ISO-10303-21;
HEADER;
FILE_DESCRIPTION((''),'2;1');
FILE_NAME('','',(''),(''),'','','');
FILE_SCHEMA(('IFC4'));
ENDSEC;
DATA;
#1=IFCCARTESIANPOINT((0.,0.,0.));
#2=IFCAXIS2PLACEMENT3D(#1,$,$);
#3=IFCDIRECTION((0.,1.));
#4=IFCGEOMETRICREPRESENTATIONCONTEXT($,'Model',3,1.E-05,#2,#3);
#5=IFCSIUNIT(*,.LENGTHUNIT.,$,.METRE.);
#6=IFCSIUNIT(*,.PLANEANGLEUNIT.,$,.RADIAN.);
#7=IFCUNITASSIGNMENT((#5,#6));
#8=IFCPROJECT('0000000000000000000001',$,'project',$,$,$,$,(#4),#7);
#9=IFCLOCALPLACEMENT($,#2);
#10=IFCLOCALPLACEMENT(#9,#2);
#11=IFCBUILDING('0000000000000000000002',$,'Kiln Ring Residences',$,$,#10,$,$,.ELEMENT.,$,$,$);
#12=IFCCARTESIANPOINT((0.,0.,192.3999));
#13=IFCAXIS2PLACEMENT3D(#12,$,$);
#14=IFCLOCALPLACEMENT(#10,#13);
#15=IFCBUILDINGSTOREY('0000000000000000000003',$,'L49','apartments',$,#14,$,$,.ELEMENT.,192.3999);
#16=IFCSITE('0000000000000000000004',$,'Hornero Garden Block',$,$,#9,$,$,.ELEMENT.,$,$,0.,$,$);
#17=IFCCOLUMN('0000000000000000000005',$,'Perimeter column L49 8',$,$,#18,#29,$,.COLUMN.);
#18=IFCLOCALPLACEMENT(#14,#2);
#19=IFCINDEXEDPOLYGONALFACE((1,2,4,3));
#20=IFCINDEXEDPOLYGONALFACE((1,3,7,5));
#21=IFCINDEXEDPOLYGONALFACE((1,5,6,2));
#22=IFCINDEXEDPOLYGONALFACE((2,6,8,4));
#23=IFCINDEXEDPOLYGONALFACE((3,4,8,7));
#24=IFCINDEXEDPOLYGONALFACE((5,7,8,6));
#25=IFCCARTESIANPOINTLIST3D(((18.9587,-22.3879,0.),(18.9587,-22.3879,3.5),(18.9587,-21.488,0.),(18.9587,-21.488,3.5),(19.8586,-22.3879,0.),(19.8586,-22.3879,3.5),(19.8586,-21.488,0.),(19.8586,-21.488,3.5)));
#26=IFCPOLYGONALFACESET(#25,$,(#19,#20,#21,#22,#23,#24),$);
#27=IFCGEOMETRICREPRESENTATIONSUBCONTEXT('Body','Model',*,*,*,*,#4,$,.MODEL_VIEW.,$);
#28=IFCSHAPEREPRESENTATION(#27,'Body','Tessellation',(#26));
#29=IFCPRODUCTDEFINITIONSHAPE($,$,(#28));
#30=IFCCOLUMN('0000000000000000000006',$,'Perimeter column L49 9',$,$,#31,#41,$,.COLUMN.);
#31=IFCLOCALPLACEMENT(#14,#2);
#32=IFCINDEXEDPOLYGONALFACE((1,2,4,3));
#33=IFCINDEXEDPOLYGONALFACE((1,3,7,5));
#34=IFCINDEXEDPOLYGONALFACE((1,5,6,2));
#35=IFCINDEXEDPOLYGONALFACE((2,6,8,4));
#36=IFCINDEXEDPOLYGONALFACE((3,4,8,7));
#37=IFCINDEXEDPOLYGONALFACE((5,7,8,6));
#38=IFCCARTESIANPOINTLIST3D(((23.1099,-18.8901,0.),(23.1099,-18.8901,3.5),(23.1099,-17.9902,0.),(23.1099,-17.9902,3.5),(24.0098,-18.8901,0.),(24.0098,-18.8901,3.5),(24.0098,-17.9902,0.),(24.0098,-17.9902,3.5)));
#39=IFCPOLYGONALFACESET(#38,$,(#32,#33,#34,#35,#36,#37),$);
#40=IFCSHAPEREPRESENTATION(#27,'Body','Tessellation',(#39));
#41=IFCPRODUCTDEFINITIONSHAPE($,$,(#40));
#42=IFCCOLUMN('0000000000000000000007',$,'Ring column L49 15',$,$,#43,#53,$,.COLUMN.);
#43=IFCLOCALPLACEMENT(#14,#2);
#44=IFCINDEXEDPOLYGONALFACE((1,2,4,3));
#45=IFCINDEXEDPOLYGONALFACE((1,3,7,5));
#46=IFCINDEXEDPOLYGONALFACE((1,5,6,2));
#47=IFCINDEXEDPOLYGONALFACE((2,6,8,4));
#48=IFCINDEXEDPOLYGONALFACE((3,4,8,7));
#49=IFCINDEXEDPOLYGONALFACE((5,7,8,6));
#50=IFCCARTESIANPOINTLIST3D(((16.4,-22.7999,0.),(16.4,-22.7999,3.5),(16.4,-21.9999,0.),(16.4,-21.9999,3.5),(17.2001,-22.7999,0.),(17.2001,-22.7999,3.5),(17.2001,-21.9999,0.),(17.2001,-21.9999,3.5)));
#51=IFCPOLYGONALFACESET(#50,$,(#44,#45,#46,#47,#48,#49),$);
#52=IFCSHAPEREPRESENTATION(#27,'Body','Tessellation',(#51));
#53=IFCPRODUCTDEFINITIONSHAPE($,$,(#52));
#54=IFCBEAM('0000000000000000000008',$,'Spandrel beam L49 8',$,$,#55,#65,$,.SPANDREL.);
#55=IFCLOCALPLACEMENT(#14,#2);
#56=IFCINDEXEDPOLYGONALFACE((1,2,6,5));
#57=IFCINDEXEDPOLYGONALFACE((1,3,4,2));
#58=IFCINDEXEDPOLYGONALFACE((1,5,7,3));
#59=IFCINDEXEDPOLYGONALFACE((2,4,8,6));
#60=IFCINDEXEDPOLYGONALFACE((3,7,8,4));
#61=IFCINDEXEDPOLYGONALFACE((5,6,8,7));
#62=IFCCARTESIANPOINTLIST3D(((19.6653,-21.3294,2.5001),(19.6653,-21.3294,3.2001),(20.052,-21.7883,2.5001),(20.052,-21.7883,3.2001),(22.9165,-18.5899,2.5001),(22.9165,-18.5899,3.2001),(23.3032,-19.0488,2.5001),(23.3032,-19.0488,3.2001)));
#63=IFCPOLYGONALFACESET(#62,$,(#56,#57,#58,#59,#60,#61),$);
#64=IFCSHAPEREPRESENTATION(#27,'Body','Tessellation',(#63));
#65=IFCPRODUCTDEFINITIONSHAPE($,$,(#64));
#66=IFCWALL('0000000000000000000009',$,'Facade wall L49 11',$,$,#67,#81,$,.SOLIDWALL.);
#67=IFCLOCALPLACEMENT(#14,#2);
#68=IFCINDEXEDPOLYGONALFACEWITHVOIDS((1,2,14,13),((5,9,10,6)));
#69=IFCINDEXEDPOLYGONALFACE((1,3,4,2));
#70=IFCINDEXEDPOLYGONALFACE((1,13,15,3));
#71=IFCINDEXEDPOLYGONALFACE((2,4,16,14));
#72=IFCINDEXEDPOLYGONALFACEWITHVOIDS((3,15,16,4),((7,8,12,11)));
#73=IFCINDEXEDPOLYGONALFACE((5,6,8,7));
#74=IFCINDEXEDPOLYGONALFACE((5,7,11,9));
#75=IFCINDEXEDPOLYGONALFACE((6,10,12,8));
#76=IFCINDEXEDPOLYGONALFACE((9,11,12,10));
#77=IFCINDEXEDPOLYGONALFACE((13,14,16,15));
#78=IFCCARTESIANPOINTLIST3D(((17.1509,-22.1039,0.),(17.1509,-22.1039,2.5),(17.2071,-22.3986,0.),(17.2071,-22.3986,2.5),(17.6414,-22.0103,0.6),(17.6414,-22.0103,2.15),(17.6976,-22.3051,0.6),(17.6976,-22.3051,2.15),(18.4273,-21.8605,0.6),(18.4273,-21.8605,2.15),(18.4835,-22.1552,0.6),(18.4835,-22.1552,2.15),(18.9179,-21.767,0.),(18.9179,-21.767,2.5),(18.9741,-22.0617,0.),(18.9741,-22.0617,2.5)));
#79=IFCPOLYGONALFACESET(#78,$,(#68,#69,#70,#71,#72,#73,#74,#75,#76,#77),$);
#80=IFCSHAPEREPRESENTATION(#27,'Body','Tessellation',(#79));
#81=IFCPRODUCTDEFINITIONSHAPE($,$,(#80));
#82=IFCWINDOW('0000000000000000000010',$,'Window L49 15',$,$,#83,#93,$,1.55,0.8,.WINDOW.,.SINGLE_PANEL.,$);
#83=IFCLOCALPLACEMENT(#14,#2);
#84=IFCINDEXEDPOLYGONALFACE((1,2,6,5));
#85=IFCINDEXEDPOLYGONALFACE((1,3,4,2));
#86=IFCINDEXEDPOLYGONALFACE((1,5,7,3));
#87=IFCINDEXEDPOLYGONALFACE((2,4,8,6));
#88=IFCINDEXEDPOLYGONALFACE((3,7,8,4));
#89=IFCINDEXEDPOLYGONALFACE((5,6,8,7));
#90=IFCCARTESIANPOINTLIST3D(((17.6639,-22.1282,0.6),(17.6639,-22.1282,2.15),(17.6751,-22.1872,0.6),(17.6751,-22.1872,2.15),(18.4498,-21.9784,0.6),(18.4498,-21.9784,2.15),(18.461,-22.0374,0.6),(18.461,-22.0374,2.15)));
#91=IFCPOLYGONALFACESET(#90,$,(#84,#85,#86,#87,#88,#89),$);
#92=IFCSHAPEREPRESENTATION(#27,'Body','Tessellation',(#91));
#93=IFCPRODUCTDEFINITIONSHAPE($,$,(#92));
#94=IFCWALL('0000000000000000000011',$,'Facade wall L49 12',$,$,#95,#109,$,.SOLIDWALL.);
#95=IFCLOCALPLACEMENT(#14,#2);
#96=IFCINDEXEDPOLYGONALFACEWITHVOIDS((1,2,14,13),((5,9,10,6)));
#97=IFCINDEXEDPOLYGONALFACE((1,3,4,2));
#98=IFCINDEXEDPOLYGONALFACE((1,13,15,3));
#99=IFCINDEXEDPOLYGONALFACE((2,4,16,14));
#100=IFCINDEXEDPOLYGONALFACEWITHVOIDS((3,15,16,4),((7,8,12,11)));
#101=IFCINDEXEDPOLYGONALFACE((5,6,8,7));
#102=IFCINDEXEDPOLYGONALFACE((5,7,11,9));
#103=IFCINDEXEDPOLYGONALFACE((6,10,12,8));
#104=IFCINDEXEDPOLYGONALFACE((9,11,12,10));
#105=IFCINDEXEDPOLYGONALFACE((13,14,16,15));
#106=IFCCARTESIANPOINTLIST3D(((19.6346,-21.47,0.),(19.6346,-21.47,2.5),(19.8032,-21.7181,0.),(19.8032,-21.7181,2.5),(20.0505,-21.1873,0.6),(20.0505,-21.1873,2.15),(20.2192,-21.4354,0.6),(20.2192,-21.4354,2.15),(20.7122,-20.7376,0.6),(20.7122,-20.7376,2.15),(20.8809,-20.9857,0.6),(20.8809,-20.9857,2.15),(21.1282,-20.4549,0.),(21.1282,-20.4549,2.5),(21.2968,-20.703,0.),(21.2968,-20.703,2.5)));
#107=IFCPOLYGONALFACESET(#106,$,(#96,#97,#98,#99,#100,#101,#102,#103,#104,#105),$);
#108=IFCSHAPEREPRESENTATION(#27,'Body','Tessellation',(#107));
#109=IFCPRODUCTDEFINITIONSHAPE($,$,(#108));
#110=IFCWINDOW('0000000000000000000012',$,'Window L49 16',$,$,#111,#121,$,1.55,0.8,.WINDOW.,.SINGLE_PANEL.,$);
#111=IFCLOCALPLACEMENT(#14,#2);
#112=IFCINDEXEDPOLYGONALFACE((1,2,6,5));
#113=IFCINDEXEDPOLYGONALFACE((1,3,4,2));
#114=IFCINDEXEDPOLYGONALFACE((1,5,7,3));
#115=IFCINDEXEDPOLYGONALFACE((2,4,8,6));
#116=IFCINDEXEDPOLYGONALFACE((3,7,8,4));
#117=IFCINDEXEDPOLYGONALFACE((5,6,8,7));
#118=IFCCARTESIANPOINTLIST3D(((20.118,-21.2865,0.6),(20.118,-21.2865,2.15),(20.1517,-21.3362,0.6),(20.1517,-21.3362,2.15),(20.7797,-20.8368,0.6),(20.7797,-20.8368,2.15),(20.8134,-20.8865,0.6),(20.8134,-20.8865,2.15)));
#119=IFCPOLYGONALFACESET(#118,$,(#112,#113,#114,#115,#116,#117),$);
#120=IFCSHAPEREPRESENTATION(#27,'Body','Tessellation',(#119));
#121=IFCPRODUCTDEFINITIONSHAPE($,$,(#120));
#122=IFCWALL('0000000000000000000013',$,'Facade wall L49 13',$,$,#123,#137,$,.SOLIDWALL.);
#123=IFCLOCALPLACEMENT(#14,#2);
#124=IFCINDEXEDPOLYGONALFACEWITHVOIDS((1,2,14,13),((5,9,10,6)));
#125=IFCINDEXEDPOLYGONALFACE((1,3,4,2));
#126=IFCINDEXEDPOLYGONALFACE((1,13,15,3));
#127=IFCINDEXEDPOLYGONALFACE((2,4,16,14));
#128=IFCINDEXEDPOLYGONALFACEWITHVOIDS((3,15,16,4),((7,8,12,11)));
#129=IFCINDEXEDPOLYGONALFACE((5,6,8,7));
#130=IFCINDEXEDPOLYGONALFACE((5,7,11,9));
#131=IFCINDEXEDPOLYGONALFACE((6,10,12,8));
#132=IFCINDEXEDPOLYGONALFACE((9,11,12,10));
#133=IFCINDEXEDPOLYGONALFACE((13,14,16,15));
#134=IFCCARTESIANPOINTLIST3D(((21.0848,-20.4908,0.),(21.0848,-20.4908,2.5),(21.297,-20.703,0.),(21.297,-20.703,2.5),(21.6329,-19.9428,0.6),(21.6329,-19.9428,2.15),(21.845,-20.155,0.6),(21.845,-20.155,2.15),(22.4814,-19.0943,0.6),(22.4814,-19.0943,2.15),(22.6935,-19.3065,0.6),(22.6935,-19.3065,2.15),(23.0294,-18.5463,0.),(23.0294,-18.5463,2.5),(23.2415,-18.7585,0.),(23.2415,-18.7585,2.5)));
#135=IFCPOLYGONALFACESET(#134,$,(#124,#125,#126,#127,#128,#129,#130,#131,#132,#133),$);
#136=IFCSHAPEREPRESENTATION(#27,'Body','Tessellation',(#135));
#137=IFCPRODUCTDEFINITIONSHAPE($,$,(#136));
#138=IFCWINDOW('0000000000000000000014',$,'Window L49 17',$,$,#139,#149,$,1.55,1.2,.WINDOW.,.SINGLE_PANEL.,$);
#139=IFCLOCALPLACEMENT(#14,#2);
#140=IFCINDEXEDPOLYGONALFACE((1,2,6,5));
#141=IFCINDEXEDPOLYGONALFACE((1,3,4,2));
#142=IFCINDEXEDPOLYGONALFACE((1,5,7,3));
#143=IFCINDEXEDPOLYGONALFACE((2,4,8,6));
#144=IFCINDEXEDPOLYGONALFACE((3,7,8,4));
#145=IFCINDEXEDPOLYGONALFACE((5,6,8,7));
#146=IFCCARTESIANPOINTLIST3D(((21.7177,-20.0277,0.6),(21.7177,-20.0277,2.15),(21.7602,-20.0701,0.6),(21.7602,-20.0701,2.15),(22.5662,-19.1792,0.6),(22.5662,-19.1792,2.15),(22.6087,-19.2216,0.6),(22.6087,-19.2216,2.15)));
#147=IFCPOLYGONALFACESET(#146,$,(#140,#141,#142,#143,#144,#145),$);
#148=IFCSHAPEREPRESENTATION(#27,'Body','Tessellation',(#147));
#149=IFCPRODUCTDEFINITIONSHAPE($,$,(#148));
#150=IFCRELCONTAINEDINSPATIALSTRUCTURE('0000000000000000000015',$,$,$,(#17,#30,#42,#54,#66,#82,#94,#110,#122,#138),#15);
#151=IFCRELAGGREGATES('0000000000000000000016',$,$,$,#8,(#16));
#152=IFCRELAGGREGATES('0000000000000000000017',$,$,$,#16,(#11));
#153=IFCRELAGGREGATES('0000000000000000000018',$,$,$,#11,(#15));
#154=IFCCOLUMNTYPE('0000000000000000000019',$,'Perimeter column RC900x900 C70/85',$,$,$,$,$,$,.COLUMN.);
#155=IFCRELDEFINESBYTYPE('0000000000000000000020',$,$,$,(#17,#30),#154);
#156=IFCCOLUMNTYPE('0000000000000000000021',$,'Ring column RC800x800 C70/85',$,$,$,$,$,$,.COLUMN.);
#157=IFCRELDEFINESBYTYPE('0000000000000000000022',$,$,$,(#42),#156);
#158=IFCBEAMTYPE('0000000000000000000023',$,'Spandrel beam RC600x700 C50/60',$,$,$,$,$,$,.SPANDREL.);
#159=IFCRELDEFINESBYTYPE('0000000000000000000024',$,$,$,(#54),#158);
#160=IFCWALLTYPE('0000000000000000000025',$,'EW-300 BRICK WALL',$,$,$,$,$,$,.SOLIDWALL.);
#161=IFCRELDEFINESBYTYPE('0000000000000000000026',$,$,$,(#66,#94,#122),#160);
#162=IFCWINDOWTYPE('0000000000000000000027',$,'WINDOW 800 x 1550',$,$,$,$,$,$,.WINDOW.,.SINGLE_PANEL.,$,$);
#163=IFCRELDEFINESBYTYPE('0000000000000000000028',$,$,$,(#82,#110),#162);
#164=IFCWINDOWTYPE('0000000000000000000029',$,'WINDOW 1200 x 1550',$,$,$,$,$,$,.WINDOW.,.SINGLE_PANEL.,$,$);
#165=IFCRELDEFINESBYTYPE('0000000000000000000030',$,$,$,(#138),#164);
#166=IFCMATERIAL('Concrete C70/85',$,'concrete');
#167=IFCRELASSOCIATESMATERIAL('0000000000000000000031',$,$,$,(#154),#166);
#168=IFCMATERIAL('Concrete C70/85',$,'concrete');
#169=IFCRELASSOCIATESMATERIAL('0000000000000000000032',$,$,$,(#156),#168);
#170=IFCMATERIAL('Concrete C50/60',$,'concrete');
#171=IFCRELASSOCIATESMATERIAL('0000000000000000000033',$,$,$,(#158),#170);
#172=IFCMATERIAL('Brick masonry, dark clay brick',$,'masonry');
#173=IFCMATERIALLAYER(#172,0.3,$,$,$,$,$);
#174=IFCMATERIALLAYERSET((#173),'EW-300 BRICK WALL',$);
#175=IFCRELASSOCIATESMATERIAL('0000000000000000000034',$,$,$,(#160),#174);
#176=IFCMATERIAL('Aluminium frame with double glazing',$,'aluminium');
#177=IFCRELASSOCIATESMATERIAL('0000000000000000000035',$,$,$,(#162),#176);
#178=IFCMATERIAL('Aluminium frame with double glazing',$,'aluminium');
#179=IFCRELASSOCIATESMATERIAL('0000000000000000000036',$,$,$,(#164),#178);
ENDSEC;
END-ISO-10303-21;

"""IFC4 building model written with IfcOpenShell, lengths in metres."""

from ifc_helpers import new_model, si_unit, direction, frame, frame_2d, origin, origin_2d, place, context, subcontext, project, spatial, rectangle, extrude, material, layer, layer_set, material_profile, profile_set, type_object, element, fill, save


model = new_model("IFC4")

# Units and contexts
model_context = context("Model", 3, precision=1e-05, world=origin(), true_north=direction((0.0, 1.0)))
body_context = subcontext(model_context, "Body", "Model", "MODEL_VIEW")
ifc_project = project(units=[si_unit("LENGTHUNIT", "METRE"), si_unit("PLANEANGLEUNIT", "RADIAN")], contexts=[model_context])

# Site, building, storey
site_placement = place(None, origin())
site = spatial("IfcSite", under=ifc_project, at=site_placement, Name="Hornero Garden Block", CompositionType="ELEMENT", RefElevation=0.0)
building_placement = place(site_placement, origin())
building = spatial("IfcBuilding", under=site, at=building_placement, Name="Kiln Ring Residences", CompositionType="ELEMENT")
storey_placement = place(building_placement, frame((0.0, 0.0, 192.3999)))
storey = spatial("IfcBuildingStorey", under=building, at=storey_placement, Name="L49", Description="apartments", CompositionType="ELEMENT", Elevation=192.3999)

# Columns
ifc_material_1 = material(Name="Concrete C70/85", Category="concrete")
ifc_material_profile_1 = material_profile(ifc_material_1, rectangle(XDim=0.8999, YDim=0.8999, at=origin_2d()), Name="RC900x900")
ifc_profile_set_1 = profile_set([ifc_material_profile_1], Name="Concrete C70/85")
column_type_1 = type_object("IfcColumnType", Name="Perimeter column RC900x900 C70/85", PredefinedType="COLUMN", material=ifc_profile_set_1)
for number, where, z_axis, x_axis, name in (
    (1, (19.4087, -21.938, 0.0), (0.0, 0.0, 1.0), (1.0, 0.0, 0.0), "Perimeter column L49 8"),
    (2, (23.5598, -18.4402, 0.0), (0.0, 0.0, 1.0), (1.0, 0.0, 0.0), "Perimeter column L49 9"),
):
    element("IfcColumn", number, at=place(storey_placement, frame(where, z_axis=z_axis, x_axis=x_axis)), inside=storey, type_object=column_type_1, Name=name, PredefinedType="COLUMN", context=body_context, shape_type="SweptSolid", body=[
        extrude(rectangle(XDim=0.8999, YDim=0.8999, at=origin_2d()), origin(), (0.0, 0.0, 1.0), 3.5),
    ])
ifc_material_2 = material(Name="Concrete C70/85", Category="concrete")
ifc_material_profile_2 = material_profile(ifc_material_2, rectangle(XDim=0.8, YDim=0.8, at=origin_2d()), Name="RC800x800")
ifc_profile_set_2 = profile_set([ifc_material_profile_2], Name="Concrete C70/85")
column_type_2 = type_object("IfcColumnType", Name="Ring column RC800x800 C70/85", PredefinedType="COLUMN", material=ifc_profile_set_2)
column_placement = place(storey_placement, frame((16.8, -22.3999, 0.0), z_axis=(0.0, 0.0, 1.0), x_axis=(1.0, 0.0, 0.0)))
element("IfcColumn", 3, at=column_placement, inside=storey, type_object=column_type_2, Name="Ring column L49 15", PredefinedType="COLUMN", context=body_context, shape_type="SweptSolid", body=[
    extrude(rectangle(XDim=0.8, YDim=0.8, at=origin_2d()), origin(), (0.0, 0.0, 1.0), 3.5),
])

# Beam
ifc_material_3 = material(Name="Concrete C50/60", Category="concrete")
ifc_material_profile_3 = material_profile(ifc_material_3, rectangle(XDim=0.6001, YDim=0.7, at=origin_2d()), Name="RC600x700")
ifc_profile_set_3 = profile_set([ifc_material_profile_3], Name="Concrete C50/60")
beam_type = type_object("IfcBeamType", Name="Spandrel beam RC600x700 C50/60", PredefinedType="SPANDREL", material=ifc_profile_set_3)
beam_placement = place(storey_placement, frame((19.8586, -21.5588, 2.8501), z_axis=(0.764722, 0.64436, 0.0), x_axis=(-0.64436, 0.764722, 0.0)))
element("IfcBeam", 4, at=beam_placement, inside=storey, type_object=beam_type, Name="Spandrel beam L49 8", PredefinedType="SPANDREL", context=body_context, shape_type="SweptSolid", body=[
    extrude(rectangle(XDim=0.6001, YDim=0.7, at=origin_2d()), origin(), (0.0, 0.0, 1.0), 4.2515),
])

# Walls, openings, windows
ifc_material_4 = material(Name="Brick masonry, dark clay brick", Category="masonry")
ifc_layer_1 = layer(ifc_material_4, 0.3)
ifc_layer_set_1 = layer_set([ifc_layer_1], Name="EW-300 BRICK WALL")
wall_type_1 = type_object("IfcWallType", Name="EW-300 BRICK WALL", PredefinedType="SOLIDWALL", material=ifc_layer_set_1)
wall_1_placement = place(storey_placement, frame((17.179, -22.2512, 0.0), z_axis=(0.0, 0.0, 1.0), x_axis=(0.982305, 0.187287, 0.0)))
wall_1 = element("IfcWall", 5, at=wall_1_placement, inside=storey, type_object=wall_type_1, Name="Facade wall L49 11", PredefinedType="SOLIDWALL", context=body_context, shape_type="SweptSolid", body=[
    extrude(rectangle(XDim=1.7988, YDim=0.3, at=frame_2d((0.8994, 0.0))), origin(), (0.0, 0.0, 1.0), 2.5),
])
opening_1_placement = place(wall_1_placement, frame((0.4995, 0.0, 0.6001)))
opening_1 = element("IfcOpeningElement", 6, at=opening_1_placement, cuts=wall_1, PredefinedType="OPENING", context=body_context, shape_type="SweptSolid", body=[
    extrude(rectangle(XDim=0.8, YDim=1.55, at=frame_2d((0.3999, 0.7749))), frame((0.0, 0.1599, 0.0), z_axis=(0.0, -1.0, 0.0), x_axis=(1.0, 0.0, 0.0)), (0.0, 0.0, 1.0), 0.3201),
])
ifc_material_5 = material(Name="Aluminium frame with double glazing", Category="aluminium")
window_type_1 = type_object("IfcWindowType", Name="WINDOW 800 x 1550", PartitioningType="SINGLE_PANEL", PredefinedType="WINDOW", material=ifc_material_5)
window_1_placement = place(opening_1_placement, origin())
window_1 = element("IfcWindow", 7, at=window_1_placement, inside=storey, type_object=window_type_1, Name="Window L49 15", OverallHeight=1.55, OverallWidth=0.8, PartitioningType="SINGLE_PANEL", PredefinedType="WINDOW", context=body_context, shape_type="SweptSolid", body=[
    extrude(rectangle(XDim=0.8, YDim=1.55, at=frame_2d((0.3999, 0.7749))), frame((0.0, 0.03, 0.0), z_axis=(0.0, -1.0, 0.0), x_axis=(1.0, 0.0, 0.0)), (0.0, 0.0, 1.0), 0.0601),
])
fill(opening_1, window_1)
wall_2_placement = place(storey_placement, frame((19.719, -21.594, 0.0), z_axis=(0.0, 0.0, 1.0), x_axis=(0.827067, 0.562103, 0.0)))
wall_2 = element("IfcWall", 8, at=wall_2_placement, inside=storey, type_object=wall_type_1, Name="Facade wall L49 12", PredefinedType="SOLIDWALL", context=body_context, shape_type="SweptSolid", body=[
    extrude(rectangle(XDim=1.8059, YDim=0.3, at=frame_2d((0.9028, 0.0))), origin(), (0.0, 0.0, 1.0), 2.5),
])
opening_2_placement = place(wall_2_placement, frame((0.5029, 0.0, 0.6001)))
opening_2 = element("IfcOpeningElement", 9, at=opening_2_placement, cuts=wall_2, PredefinedType="OPENING", context=body_context, shape_type="SweptSolid", body=[
    extrude(rectangle(XDim=0.8, YDim=1.55, at=frame_2d((0.3999, 0.7749))), frame((0.0, 0.1599, 0.0), z_axis=(0.0, -1.0, 0.0), x_axis=(1.0, 0.0, 0.0)), (0.0, 0.0, 1.0), 0.3201),
])
window_2_placement = place(opening_2_placement, origin())
window_2 = element("IfcWindow", 10, at=window_2_placement, inside=storey, type_object=window_type_1, Name="Window L49 16", OverallHeight=1.55, OverallWidth=0.8, PartitioningType="SINGLE_PANEL", PredefinedType="WINDOW", context=body_context, shape_type="SweptSolid", body=[
    extrude(rectangle(XDim=0.8, YDim=1.55, at=frame_2d((0.3999, 0.7749))), frame((0.0, 0.03, 0.0), z_axis=(0.0, -1.0, 0.0), x_axis=(1.0, 0.0, 0.0)), (0.0, 0.0, 1.0), 0.0601),
])
fill(opening_2, window_2)
wall_3_placement = place(storey_placement, frame((21.1909, -20.5969, 0.0), z_axis=(0.0, 0.0, 1.0), x_axis=(0.707107, 0.707107, 0.0)))
wall_3 = element("IfcWall", 11, at=wall_3_placement, inside=storey, type_object=wall_type_1, Name="Facade wall L49 13", PredefinedType="SOLIDWALL", context=body_context, shape_type="SweptSolid", body=[
    extrude(rectangle(XDim=2.75, YDim=0.3, at=frame_2d((1.375, 0.0))), origin(), (0.0, 0.0, 1.0), 2.5),
])
opening_3_placement = place(wall_3_placement, frame((0.7749, 0.0, 0.6001)))
opening_3 = element("IfcOpeningElement", 12, at=opening_3_placement, cuts=wall_3, PredefinedType="OPENING", context=body_context, shape_type="SweptSolid", body=[
    extrude(rectangle(XDim=1.2, YDim=1.55, at=frame_2d((0.6001, 0.7749))), frame((0.0, 0.1599, 0.0), z_axis=(0.0, -1.0, 0.0), x_axis=(1.0, 0.0, 0.0)), (0.0, 0.0, 1.0), 0.3201),
])
ifc_material_6 = material(Name="Aluminium frame with double glazing", Category="aluminium")
window_type_2 = type_object("IfcWindowType", Name="WINDOW 1200 x 1550", PartitioningType="SINGLE_PANEL", PredefinedType="WINDOW", material=ifc_material_6)
window_3_placement = place(opening_3_placement, origin())
window_3 = element("IfcWindow", 13, at=window_3_placement, inside=storey, type_object=window_type_2, Name="Window L49 17", OverallHeight=1.55, OverallWidth=1.2, PartitioningType="SINGLE_PANEL", PredefinedType="WINDOW", context=body_context, shape_type="SweptSolid", body=[
    extrude(rectangle(XDim=1.2, YDim=1.55, at=frame_2d((0.6001, 0.7749))), frame((0.0, 0.03, 0.0), z_axis=(0.0, -1.0, 0.0), x_axis=(1.0, 0.0, 0.0)), (0.0, 0.0, 1.0), 0.0601),
])
fill(opening_3, window_3)

save(model, "model.ifc")
